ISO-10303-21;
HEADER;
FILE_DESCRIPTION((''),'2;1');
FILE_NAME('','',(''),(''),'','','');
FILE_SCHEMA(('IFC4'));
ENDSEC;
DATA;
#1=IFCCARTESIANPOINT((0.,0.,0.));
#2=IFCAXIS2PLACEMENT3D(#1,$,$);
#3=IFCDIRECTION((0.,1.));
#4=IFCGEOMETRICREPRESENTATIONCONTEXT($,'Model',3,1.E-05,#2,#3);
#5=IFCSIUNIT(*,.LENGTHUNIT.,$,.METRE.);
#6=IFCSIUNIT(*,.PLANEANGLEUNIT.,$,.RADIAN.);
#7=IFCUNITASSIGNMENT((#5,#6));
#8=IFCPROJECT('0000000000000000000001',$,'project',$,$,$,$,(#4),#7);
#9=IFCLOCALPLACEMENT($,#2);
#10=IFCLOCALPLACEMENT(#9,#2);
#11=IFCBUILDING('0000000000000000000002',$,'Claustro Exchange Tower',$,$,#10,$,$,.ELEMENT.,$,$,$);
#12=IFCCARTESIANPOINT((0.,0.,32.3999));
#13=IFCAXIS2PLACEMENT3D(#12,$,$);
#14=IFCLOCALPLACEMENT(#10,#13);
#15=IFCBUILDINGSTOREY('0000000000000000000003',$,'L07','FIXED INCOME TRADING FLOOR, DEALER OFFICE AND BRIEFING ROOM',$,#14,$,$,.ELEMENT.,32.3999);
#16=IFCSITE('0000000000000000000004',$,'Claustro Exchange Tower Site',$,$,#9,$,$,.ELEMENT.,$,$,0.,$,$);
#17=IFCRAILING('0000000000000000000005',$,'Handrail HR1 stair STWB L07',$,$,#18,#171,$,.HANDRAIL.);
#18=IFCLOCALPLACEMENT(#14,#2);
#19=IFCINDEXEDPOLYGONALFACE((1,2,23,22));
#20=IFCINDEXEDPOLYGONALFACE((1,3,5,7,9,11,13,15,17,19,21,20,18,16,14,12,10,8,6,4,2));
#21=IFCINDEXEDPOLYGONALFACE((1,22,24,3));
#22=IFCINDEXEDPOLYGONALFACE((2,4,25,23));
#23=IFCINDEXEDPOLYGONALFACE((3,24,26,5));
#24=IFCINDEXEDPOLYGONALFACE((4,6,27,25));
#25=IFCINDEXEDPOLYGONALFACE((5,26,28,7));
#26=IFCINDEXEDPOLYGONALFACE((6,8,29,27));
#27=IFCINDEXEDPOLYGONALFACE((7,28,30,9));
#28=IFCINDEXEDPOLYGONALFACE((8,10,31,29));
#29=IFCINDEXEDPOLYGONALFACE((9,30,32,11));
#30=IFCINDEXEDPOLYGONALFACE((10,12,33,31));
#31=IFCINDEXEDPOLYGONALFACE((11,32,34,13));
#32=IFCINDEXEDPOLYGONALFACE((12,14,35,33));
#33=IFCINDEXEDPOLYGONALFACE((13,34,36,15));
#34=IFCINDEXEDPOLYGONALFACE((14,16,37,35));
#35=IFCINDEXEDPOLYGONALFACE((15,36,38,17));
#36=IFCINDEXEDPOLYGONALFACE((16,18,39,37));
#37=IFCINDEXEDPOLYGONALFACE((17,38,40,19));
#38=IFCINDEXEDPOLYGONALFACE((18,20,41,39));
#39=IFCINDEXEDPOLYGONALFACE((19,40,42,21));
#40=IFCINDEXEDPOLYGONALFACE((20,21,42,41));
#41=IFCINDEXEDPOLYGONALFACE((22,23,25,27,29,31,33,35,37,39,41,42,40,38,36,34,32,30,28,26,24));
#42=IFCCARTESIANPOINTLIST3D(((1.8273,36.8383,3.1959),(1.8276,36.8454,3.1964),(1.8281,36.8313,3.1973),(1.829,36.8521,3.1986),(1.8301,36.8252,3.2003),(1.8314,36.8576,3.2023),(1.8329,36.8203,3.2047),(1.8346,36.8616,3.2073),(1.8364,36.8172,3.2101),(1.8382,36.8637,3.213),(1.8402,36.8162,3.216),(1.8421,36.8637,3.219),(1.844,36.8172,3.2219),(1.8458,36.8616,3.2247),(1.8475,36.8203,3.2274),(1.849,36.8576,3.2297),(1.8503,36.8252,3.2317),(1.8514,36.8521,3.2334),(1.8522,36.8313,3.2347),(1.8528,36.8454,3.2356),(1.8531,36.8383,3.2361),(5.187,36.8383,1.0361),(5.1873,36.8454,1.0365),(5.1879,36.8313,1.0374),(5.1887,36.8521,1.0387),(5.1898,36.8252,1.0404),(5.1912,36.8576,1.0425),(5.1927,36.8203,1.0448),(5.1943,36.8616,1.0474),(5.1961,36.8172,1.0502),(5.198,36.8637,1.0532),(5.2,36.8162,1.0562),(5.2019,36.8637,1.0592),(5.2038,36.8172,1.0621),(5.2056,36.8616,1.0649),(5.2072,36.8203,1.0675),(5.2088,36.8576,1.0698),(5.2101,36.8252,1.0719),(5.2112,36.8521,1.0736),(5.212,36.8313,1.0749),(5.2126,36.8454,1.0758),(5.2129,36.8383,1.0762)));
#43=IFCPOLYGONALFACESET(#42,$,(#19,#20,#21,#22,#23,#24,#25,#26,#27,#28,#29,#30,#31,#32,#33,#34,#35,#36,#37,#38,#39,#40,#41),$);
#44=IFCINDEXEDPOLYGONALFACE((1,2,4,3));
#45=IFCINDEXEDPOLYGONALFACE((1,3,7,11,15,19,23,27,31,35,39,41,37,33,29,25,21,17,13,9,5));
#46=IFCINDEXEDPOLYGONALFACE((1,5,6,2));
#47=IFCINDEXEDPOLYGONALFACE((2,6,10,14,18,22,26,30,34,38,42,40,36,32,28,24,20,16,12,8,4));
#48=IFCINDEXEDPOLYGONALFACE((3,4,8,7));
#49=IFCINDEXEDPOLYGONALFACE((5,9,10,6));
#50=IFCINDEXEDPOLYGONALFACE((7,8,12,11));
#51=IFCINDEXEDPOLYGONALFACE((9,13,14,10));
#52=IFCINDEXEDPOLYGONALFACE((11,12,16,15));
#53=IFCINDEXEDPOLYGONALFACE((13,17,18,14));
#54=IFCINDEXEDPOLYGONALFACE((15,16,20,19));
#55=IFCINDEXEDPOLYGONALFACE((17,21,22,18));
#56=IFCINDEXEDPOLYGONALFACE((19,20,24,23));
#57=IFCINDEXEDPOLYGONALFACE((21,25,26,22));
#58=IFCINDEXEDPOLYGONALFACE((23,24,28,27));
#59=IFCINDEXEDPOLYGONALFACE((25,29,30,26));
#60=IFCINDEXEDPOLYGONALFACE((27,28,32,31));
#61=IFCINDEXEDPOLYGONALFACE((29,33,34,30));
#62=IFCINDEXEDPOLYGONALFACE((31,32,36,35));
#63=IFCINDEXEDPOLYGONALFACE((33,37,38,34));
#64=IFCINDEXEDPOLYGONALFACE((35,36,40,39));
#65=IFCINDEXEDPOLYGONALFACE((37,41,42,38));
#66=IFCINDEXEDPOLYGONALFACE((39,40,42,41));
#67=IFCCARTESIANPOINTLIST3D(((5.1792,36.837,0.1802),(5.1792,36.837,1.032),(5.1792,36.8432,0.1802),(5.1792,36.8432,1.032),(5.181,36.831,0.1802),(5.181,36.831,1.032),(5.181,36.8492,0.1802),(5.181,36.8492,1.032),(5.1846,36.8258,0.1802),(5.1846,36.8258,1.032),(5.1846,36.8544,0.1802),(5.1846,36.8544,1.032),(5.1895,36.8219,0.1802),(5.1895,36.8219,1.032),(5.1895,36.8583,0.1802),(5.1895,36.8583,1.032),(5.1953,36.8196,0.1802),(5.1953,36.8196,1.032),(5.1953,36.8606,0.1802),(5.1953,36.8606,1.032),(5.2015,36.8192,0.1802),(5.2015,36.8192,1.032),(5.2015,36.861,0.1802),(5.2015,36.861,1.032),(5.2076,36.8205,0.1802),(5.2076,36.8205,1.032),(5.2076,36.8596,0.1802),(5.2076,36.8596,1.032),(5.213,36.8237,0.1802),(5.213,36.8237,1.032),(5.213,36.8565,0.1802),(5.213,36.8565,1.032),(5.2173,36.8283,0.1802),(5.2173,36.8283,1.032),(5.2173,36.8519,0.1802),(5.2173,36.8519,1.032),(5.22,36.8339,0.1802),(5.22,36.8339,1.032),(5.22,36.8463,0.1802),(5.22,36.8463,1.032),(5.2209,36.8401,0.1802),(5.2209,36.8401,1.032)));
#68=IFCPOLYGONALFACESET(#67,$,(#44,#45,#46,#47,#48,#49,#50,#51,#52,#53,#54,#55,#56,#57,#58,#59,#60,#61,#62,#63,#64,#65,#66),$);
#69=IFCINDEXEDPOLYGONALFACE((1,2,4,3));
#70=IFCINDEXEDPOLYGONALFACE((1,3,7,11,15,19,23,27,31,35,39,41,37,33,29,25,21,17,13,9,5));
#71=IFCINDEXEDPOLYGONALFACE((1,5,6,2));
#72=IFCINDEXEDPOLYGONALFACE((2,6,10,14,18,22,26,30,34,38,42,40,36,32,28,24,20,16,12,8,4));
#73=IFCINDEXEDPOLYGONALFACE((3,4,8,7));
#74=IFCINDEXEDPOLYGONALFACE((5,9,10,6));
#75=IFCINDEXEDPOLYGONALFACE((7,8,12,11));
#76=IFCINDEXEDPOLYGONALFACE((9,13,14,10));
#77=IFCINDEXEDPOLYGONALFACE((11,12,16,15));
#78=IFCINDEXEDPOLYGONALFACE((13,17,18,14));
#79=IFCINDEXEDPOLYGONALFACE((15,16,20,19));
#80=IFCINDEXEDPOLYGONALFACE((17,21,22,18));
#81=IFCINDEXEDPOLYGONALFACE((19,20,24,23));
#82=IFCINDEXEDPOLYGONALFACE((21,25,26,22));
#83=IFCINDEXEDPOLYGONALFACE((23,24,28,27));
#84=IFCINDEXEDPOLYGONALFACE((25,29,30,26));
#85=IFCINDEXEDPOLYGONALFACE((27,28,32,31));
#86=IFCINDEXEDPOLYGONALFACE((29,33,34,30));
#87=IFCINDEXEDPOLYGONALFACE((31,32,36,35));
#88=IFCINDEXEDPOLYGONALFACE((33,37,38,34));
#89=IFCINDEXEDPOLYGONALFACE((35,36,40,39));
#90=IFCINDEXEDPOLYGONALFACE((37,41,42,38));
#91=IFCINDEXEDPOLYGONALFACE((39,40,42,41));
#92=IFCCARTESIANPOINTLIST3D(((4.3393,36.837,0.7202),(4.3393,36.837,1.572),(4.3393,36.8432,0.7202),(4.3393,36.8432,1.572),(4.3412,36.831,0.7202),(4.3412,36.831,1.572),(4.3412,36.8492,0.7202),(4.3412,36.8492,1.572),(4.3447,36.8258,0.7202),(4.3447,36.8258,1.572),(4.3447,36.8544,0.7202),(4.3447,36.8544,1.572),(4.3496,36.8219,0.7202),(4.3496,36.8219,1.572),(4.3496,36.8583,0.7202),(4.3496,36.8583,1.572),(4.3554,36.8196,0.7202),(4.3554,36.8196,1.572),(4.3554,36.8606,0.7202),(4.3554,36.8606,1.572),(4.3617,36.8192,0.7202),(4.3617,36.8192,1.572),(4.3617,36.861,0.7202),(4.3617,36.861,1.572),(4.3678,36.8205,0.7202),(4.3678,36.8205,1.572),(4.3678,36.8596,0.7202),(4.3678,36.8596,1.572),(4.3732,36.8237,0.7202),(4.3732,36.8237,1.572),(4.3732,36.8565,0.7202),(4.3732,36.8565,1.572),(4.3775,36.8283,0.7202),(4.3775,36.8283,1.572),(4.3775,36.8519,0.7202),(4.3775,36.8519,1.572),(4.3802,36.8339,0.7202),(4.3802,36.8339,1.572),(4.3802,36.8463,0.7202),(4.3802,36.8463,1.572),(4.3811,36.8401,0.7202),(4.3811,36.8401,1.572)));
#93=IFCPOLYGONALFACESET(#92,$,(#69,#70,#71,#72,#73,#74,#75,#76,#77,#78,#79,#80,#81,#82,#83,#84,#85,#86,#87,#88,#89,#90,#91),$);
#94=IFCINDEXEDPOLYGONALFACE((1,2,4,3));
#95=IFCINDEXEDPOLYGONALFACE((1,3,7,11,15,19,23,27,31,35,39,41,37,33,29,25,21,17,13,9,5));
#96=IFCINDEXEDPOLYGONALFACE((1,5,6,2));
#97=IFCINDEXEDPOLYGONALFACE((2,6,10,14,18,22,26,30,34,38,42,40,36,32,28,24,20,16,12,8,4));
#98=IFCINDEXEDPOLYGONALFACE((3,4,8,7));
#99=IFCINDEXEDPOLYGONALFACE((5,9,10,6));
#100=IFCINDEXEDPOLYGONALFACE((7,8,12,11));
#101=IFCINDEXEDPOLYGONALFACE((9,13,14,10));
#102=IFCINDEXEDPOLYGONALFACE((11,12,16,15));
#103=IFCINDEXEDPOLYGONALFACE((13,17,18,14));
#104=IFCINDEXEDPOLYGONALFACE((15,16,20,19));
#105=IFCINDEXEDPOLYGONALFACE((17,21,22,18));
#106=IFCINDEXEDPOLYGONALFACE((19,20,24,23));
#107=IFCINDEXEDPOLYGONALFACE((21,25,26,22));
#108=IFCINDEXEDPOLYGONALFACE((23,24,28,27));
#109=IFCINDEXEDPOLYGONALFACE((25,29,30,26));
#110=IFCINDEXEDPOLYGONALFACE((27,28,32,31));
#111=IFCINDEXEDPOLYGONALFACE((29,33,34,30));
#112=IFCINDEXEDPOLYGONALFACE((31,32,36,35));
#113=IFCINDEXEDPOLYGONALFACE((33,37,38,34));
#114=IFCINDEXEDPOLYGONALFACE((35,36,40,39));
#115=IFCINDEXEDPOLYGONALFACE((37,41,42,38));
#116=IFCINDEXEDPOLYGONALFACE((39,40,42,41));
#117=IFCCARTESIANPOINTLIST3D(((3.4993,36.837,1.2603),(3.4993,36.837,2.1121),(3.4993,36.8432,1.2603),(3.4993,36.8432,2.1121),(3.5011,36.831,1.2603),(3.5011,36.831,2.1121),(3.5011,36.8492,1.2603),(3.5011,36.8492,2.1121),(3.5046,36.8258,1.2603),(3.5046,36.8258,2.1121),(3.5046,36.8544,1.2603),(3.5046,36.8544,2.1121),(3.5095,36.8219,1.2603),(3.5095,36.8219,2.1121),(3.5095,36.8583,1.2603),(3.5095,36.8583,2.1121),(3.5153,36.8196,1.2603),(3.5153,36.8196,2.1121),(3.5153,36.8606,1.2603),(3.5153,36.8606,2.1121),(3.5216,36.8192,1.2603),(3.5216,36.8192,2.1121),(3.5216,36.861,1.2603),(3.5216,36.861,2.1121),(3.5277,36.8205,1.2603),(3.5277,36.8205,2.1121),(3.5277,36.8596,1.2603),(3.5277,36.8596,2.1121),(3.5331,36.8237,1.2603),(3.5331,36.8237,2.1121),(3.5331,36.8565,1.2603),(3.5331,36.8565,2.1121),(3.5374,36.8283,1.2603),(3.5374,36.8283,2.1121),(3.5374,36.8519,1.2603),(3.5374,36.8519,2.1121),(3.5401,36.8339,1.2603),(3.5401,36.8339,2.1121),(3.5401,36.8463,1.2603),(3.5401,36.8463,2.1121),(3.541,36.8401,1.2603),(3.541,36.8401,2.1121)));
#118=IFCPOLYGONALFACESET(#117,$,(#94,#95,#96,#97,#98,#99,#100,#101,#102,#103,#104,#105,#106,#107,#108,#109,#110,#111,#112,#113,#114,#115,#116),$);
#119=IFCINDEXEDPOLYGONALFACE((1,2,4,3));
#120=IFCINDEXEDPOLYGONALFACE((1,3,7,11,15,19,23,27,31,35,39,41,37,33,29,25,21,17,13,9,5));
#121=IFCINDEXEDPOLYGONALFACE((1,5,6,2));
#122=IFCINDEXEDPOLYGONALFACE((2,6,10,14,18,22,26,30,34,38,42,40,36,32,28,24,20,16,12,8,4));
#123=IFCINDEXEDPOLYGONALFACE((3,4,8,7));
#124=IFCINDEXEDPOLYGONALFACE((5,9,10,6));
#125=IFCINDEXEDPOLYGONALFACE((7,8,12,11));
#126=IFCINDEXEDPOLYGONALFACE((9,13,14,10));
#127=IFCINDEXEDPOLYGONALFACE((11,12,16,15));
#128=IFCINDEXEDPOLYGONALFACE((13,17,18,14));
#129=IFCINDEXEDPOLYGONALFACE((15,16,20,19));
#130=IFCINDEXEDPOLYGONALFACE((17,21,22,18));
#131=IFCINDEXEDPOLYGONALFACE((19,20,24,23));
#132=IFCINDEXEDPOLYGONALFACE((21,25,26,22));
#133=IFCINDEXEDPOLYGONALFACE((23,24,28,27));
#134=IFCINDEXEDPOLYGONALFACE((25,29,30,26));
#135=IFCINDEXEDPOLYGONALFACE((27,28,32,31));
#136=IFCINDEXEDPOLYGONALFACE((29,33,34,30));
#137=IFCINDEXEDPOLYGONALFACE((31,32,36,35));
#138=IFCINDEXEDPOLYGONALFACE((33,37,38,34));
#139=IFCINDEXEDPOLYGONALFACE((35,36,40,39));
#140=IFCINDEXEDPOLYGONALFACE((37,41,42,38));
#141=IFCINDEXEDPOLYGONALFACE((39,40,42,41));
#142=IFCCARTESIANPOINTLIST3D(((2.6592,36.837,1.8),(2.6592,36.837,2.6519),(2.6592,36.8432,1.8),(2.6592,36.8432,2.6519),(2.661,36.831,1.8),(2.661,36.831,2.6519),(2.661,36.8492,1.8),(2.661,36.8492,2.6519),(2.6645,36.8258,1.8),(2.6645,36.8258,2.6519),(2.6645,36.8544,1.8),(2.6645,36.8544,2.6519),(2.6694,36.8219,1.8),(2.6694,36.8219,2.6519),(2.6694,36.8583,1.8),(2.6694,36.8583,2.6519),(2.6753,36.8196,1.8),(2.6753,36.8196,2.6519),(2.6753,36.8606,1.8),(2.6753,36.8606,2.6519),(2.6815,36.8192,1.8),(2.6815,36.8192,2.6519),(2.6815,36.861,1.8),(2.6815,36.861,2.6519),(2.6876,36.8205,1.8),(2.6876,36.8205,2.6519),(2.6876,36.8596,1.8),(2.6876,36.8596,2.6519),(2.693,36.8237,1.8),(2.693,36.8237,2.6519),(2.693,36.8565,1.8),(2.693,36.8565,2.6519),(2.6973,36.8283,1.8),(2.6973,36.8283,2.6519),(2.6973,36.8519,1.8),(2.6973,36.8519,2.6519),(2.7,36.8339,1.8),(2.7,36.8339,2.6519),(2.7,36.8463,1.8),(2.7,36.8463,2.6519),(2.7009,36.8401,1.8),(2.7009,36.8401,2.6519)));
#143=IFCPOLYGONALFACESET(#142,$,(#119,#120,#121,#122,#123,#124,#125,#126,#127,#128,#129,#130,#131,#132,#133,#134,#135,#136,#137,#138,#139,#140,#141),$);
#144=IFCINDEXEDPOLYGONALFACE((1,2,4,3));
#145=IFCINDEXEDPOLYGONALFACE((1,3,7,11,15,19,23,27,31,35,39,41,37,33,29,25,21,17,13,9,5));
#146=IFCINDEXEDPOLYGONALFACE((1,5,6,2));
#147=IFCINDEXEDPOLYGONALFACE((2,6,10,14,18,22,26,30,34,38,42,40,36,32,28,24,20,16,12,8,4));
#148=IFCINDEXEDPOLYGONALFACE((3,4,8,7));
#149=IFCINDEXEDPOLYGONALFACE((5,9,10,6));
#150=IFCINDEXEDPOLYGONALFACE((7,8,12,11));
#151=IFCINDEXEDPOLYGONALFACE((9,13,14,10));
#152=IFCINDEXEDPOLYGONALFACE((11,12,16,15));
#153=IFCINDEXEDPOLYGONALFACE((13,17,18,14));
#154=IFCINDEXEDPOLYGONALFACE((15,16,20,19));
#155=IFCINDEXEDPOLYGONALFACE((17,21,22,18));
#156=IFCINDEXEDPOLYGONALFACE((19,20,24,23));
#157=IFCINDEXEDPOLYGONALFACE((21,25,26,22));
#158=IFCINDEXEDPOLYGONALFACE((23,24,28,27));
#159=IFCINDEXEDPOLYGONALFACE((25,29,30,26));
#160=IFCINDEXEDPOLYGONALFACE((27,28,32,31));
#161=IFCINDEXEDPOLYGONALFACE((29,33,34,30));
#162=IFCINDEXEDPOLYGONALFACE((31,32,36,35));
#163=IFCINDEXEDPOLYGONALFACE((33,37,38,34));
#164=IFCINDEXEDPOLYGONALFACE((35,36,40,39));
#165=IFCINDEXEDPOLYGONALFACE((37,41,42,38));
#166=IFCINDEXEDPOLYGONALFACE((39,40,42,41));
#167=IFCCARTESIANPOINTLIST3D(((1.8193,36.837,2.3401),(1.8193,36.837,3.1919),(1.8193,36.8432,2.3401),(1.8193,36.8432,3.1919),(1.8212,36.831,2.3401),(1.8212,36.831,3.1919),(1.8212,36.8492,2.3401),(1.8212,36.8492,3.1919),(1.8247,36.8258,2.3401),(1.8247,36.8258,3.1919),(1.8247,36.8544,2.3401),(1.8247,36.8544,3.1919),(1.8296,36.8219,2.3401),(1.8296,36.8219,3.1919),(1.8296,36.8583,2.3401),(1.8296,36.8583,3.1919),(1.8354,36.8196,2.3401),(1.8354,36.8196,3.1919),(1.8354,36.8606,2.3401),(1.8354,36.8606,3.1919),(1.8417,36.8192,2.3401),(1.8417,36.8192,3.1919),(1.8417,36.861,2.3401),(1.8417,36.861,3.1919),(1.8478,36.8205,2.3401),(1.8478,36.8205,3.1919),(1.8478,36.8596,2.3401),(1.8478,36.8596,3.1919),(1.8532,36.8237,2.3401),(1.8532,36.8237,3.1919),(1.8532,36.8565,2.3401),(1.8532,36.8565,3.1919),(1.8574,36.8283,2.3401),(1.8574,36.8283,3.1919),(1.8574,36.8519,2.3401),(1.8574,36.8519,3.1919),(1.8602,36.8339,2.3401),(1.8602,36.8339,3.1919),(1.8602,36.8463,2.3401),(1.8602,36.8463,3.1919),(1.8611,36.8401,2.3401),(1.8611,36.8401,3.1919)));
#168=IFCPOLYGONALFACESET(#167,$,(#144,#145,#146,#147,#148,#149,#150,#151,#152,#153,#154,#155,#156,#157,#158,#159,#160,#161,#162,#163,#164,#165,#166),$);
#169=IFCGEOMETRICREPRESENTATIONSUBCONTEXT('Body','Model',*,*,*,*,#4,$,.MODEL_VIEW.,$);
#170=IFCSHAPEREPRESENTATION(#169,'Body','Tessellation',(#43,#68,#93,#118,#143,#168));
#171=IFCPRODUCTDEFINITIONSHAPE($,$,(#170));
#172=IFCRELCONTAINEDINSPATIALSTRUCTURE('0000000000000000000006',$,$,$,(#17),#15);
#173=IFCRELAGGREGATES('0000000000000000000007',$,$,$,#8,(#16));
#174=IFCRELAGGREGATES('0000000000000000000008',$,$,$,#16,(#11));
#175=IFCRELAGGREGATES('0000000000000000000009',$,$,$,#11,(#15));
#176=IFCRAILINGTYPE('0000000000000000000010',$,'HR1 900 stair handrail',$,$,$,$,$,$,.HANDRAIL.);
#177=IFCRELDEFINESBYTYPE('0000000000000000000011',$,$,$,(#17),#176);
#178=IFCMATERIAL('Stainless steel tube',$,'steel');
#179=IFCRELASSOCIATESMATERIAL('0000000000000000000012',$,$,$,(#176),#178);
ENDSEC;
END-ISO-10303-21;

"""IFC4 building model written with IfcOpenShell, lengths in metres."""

from ifc_helpers import new_model, si_unit, direction, frame, origin, origin_2d, place, context, subcontext, project, spatial, circle, extrude, material, type_object, element, save


model = new_model("IFC4")

# Units and contexts
model_context = context("Model", 3, precision=1e-05, world=origin(), true_north=direction((0.0, 1.0)))
body_context = subcontext(model_context, "Body", "Model", "MODEL_VIEW")
ifc_project = project(units=[si_unit("LENGTHUNIT", "METRE"), si_unit("PLANEANGLEUNIT", "RADIAN")], contexts=[model_context])

# Site, building, storey
site_placement = place(None, origin())
site = spatial("IfcSite", under=ifc_project, at=site_placement, Name="Claustro Exchange Tower Site", CompositionType="ELEMENT", RefElevation=0.0)
building_placement = place(site_placement, origin())
building = spatial("IfcBuilding", under=site, at=building_placement, Name="Claustro Exchange Tower", CompositionType="ELEMENT")
storey_placement = place(building_placement, frame((0.0, 0.0, 32.3999)))
storey = spatial("IfcBuildingStorey", under=building, at=storey_placement, Name="L07", Description="FIXED INCOME TRADING FLOOR, DEALER OFFICE AND BRIEFING ROOM", CompositionType="ELEMENT", Elevation=32.3999)

# Railing
ifc_material_1 = material(Name="Stainless steel tube", Category="steel")
railing_type_1 = type_object("IfcRailingType", Name="HR1 900 stair handrail", PredefinedType="HANDRAIL", material=ifc_material_1)
railing_1_placement = place(storey_placement, frame((5.2, 36.8401, 0.1802)))
element("IfcRailing", 1, at=railing_1_placement, inside=storey, type_object=railing_type_1, Name="Handrail HR1 stair STWB L07", PredefinedType="HANDRAIL", context=body_context, shape_type="SweptSolid", body=[
    extrude(circle(Radius=0.0239, at=origin_2d()), frame((0.0, 0.0, 0.876), z_axis=(-0.841178, 0.0, 0.540758), x_axis=(0.0, -1.0, 0.0)), (0.0, 0.0, 1.0), 3.9941),
    extrude(circle(Radius=0.021, at=origin_2d()), origin(), (0.0, 0.0, 1.0), 0.8518),
    extrude(circle(Radius=0.021, at=origin_2d()), frame((-0.8398, 0.0, 0.54)), (0.0, 0.0, 1.0), 0.8518),
    extrude(circle(Radius=0.021, at=origin_2d()), frame((-1.6799, 0.0, 1.0801)), (0.0, 0.0, 1.0), 0.8518),
    extrude(circle(Radius=0.021, at=origin_2d()), frame((-2.52, 0.0, 1.6199)), (0.0, 0.0, 1.0), 0.8518),
    extrude(circle(Radius=0.021, at=origin_2d()), frame((-3.3599, 0.0, 2.1599)), (0.0, 0.0, 1.0), 0.8518),
])

save(model, "model.ifc")
